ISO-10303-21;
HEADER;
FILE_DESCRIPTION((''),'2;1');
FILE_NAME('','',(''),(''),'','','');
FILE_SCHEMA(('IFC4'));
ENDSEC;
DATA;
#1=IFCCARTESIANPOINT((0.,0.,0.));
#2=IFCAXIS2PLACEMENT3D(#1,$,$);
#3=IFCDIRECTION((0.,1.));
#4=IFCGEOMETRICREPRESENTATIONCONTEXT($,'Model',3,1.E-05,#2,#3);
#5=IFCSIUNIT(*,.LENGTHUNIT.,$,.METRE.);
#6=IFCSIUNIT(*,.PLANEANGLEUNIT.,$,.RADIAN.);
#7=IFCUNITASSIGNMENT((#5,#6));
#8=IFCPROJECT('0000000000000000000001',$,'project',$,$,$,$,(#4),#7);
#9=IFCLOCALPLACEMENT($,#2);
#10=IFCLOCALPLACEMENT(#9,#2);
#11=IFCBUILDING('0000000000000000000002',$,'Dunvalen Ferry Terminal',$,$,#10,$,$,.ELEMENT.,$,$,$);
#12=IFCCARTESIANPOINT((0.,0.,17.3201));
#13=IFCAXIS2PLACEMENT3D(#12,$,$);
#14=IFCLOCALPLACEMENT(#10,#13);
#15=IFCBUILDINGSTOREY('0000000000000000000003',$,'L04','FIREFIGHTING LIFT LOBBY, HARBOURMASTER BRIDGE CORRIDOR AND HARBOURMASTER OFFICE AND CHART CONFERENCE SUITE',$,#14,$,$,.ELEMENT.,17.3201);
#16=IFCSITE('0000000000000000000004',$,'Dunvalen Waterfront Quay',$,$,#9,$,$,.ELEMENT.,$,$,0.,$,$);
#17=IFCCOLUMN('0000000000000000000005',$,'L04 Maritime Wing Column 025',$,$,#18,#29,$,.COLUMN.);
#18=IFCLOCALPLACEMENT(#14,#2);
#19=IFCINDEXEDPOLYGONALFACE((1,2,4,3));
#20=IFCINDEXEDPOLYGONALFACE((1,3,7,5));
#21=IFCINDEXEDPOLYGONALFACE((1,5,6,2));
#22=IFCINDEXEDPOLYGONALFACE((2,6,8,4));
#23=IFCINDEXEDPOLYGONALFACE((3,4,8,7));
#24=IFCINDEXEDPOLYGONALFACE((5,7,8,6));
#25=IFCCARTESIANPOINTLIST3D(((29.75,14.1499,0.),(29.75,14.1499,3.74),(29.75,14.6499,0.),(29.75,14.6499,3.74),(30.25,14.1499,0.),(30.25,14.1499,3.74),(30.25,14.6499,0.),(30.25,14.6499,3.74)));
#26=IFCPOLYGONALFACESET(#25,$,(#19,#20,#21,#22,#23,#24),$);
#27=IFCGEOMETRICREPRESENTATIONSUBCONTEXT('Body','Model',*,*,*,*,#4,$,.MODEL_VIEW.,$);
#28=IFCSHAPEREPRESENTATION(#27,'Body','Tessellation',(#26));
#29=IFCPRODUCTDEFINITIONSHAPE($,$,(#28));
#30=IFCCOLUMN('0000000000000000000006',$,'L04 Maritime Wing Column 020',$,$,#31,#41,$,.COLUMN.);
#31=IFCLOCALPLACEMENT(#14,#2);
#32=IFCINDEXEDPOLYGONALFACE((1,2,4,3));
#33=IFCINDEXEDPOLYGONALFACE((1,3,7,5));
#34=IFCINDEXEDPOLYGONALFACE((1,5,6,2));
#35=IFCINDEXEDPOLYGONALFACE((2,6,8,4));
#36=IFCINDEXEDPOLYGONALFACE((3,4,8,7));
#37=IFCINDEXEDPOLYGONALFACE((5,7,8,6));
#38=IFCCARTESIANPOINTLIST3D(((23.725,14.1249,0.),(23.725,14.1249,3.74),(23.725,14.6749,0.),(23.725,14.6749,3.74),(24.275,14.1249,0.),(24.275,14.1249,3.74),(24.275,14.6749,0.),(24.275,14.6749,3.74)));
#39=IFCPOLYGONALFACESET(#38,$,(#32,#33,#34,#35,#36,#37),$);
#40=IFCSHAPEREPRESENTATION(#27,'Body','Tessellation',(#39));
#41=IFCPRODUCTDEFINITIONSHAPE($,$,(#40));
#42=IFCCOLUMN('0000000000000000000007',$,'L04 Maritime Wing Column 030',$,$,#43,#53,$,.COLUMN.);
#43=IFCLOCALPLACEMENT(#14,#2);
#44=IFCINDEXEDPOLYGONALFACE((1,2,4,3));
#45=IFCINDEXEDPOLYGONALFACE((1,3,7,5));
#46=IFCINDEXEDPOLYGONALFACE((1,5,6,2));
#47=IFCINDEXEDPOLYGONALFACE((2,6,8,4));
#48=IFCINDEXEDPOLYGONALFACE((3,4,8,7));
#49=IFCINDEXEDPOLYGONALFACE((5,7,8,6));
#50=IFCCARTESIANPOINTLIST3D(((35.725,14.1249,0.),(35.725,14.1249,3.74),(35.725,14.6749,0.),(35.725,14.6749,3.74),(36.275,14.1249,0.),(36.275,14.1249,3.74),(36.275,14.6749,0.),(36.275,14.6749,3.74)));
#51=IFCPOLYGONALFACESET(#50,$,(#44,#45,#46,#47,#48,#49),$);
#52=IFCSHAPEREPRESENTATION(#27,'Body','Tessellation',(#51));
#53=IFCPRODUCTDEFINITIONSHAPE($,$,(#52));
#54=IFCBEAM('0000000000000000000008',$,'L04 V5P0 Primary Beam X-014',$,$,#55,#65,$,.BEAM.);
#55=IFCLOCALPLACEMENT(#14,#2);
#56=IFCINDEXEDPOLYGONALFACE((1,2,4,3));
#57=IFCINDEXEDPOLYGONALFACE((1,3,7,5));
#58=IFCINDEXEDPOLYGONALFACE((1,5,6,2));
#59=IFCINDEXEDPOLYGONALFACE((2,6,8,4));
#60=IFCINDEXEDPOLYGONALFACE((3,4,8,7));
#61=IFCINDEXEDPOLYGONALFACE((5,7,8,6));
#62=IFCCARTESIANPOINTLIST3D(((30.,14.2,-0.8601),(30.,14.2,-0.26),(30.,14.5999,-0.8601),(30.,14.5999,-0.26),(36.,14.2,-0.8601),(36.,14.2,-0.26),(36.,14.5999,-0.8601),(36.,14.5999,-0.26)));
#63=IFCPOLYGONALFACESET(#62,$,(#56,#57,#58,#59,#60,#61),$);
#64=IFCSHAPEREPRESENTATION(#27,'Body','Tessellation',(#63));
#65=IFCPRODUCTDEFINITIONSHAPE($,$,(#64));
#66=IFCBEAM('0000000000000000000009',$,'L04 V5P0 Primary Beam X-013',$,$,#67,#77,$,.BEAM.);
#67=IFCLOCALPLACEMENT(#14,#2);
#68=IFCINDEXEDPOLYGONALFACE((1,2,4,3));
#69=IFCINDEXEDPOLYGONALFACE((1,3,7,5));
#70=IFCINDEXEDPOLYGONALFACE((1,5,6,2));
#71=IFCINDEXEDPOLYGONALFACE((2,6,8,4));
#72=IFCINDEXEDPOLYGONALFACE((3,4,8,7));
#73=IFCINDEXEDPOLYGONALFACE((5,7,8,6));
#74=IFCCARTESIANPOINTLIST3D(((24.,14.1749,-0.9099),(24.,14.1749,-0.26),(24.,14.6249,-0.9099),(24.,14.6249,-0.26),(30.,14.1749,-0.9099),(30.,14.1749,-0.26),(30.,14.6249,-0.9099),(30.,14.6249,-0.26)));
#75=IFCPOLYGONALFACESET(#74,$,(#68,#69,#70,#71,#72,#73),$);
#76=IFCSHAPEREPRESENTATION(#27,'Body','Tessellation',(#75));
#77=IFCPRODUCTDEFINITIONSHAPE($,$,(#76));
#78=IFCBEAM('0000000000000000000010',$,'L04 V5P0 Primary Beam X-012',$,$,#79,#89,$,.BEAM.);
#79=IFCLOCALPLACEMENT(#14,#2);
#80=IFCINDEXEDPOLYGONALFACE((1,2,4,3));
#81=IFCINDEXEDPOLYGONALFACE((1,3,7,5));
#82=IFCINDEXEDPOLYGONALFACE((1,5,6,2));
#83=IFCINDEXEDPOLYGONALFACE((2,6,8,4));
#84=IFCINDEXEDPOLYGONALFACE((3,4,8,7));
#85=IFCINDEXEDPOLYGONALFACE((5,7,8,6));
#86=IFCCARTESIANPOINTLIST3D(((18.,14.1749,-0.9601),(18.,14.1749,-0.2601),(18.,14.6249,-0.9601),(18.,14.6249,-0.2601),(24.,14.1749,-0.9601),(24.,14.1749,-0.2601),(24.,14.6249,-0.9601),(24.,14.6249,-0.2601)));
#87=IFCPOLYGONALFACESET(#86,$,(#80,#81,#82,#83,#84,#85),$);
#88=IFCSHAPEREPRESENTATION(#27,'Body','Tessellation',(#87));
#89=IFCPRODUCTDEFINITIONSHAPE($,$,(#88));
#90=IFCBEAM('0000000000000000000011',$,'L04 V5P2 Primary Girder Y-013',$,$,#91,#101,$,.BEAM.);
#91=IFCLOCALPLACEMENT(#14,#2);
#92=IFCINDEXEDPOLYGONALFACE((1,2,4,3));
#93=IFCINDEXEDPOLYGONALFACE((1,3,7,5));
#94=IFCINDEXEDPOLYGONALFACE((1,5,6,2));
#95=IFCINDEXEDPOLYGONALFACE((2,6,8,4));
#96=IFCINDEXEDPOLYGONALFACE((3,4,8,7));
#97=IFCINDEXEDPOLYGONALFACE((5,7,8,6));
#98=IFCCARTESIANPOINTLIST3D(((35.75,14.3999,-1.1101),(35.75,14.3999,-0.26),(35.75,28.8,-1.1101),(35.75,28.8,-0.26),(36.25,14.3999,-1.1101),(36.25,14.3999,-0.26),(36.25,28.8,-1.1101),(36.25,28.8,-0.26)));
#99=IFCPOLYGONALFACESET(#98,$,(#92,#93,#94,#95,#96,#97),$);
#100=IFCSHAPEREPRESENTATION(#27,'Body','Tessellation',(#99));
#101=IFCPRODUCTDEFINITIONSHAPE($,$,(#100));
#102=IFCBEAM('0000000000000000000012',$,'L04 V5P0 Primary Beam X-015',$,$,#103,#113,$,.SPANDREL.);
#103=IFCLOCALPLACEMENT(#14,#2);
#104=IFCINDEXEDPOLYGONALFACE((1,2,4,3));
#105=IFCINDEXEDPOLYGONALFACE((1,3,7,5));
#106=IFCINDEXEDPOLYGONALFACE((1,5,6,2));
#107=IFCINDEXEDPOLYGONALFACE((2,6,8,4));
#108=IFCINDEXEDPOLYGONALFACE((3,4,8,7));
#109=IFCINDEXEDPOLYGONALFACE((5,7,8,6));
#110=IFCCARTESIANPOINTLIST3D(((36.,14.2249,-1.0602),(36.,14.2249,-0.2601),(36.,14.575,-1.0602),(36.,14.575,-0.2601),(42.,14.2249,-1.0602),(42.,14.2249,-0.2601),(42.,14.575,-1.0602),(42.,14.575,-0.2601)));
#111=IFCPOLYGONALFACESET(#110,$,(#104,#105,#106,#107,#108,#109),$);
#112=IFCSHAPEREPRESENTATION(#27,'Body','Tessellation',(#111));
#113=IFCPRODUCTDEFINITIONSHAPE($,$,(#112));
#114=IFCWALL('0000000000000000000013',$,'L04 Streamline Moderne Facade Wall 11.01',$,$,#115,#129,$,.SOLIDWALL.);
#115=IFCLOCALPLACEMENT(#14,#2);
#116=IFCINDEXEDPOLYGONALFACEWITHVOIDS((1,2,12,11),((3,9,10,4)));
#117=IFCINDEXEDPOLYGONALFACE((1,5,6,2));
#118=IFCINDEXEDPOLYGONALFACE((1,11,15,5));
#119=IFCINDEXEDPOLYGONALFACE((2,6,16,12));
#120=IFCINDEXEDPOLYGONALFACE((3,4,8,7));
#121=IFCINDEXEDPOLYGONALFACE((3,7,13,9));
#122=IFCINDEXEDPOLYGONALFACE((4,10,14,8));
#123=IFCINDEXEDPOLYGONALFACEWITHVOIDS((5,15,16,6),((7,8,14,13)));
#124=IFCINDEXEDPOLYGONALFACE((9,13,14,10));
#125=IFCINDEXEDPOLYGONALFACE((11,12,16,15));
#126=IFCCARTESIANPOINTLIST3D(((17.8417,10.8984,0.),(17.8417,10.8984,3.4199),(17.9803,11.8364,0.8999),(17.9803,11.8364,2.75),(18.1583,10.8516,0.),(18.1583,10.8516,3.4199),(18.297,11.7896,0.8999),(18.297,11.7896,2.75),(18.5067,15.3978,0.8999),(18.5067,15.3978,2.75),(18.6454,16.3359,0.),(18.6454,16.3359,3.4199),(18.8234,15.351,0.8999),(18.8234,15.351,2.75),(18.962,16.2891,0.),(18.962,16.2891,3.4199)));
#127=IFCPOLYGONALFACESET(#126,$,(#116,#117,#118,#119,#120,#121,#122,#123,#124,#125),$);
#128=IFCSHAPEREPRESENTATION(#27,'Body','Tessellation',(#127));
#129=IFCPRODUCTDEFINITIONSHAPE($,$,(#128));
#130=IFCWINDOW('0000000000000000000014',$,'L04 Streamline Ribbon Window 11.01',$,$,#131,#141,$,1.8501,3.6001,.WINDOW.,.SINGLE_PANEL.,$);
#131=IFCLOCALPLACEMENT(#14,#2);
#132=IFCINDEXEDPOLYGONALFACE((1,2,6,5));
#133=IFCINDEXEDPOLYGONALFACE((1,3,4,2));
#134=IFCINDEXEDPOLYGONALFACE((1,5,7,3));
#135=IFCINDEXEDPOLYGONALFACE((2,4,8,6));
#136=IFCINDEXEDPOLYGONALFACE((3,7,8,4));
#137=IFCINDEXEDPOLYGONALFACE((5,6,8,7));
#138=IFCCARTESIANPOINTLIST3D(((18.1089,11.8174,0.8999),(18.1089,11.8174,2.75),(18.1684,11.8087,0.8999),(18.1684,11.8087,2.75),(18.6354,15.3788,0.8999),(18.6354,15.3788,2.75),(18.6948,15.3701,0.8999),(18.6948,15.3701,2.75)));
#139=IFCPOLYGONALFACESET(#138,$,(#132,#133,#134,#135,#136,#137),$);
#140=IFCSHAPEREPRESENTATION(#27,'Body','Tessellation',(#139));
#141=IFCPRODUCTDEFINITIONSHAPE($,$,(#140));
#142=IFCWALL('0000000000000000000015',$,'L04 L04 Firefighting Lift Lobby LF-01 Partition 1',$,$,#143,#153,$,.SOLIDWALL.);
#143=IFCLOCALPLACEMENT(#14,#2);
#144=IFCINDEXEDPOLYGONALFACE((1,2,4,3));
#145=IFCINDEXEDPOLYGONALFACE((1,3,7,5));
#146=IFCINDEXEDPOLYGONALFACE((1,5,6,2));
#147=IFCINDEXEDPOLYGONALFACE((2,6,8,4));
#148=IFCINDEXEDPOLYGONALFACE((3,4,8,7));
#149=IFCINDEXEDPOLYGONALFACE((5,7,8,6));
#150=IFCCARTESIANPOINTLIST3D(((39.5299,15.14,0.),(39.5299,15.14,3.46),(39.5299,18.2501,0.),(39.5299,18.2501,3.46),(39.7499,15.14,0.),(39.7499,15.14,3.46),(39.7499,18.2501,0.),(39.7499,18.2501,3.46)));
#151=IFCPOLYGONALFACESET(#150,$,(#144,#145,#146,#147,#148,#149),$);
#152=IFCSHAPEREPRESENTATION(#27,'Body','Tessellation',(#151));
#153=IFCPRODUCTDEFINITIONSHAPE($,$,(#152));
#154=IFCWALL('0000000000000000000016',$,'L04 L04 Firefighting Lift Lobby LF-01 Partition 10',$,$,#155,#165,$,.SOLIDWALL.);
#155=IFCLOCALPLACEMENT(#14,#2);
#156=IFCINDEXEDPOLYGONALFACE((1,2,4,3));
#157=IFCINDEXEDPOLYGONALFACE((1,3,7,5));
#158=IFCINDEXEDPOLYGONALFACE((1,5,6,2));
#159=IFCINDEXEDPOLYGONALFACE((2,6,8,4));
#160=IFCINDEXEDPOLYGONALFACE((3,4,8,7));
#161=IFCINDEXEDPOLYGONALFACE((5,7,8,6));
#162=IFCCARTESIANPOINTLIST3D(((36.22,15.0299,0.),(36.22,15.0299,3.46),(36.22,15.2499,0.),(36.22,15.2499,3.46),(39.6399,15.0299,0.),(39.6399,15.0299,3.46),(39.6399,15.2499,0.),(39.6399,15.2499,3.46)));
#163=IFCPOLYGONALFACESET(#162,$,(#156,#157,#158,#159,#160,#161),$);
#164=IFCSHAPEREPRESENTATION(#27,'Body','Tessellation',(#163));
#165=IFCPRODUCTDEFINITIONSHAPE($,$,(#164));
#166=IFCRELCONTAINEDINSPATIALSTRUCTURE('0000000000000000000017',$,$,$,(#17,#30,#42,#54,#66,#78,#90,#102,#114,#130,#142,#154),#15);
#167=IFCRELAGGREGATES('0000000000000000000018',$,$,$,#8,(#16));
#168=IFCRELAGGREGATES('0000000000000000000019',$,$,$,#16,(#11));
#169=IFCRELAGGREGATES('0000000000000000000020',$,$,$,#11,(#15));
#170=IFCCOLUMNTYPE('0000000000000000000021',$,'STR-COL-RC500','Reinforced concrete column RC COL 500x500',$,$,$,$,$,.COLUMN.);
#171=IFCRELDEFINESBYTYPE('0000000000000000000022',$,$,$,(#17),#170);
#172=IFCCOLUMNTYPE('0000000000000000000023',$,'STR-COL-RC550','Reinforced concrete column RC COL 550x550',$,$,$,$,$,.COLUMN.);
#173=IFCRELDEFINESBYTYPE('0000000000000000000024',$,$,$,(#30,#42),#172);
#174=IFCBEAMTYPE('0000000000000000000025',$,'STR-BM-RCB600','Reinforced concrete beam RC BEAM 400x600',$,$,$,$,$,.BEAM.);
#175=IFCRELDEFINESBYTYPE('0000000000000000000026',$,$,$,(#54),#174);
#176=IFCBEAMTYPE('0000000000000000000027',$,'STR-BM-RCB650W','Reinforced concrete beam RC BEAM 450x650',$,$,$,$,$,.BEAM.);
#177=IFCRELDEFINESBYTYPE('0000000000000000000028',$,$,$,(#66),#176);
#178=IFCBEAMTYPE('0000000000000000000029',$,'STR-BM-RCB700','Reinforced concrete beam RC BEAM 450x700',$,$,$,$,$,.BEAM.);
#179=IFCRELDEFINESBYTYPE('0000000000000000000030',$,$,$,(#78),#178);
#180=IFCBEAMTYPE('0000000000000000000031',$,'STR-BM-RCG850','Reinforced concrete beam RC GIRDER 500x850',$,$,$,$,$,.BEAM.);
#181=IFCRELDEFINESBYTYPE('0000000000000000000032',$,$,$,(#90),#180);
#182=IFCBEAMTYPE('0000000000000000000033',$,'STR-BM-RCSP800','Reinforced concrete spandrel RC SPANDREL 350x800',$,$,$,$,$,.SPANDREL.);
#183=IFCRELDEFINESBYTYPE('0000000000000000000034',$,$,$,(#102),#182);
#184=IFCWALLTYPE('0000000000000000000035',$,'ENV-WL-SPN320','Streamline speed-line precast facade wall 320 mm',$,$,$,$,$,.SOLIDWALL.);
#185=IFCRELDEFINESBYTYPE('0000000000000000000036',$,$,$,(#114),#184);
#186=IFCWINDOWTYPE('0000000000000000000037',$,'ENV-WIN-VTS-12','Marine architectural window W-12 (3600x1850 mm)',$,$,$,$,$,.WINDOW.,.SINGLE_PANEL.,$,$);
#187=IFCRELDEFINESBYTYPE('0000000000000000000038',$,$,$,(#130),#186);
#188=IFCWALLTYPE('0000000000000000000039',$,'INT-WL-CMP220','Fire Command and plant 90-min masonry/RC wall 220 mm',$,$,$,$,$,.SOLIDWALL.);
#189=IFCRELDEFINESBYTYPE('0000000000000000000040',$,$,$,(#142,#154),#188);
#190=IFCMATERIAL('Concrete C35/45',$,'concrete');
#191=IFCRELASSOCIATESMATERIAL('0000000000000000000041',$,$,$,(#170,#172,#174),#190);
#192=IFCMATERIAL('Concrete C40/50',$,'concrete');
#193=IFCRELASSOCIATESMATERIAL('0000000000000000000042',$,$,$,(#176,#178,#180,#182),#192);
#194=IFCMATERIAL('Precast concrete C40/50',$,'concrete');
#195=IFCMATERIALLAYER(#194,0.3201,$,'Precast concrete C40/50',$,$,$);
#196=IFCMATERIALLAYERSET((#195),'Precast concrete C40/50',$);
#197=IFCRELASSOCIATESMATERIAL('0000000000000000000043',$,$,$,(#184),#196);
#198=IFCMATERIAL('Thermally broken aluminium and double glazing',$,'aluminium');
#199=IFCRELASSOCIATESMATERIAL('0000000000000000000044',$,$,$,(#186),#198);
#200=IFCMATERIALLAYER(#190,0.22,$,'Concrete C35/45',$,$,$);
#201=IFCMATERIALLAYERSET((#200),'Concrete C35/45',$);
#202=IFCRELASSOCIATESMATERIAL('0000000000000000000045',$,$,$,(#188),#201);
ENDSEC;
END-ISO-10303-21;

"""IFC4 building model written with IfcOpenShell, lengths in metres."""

from ifc_helpers import new_model, si_unit, direction, frame, frame_2d, origin, origin_2d, place, context, subcontext, project, spatial, rectangle, extrude, material, layer, layer_set, material_profile, profile_set, type_object, element, fill, save


model = new_model("IFC4")

# Units and contexts
model_context = context("Model", 3, precision=1e-05, world=origin(), true_north=direction((0.0, 1.0)))
body_context = subcontext(model_context, "Body", "Model", "MODEL_VIEW")
ifc_project = project(units=[si_unit("LENGTHUNIT", "METRE"), si_unit("PLANEANGLEUNIT", "RADIAN")], contexts=[model_context])

# Site, building, storey
site_placement = place(None, origin())
site = spatial("IfcSite", under=ifc_project, at=site_placement, Name="Dunvalen Waterfront Quay", CompositionType="ELEMENT", RefElevation=0.0)
building_placement = place(site_placement, origin())
building = spatial("IfcBuilding", under=site, at=building_placement, Name="Dunvalen Ferry Terminal", CompositionType="ELEMENT")
storey_placement = place(building_placement, frame((0.0, 0.0, 17.3201)))
storey = spatial("IfcBuildingStorey", under=building, at=storey_placement, Name="L04", Description="FIREFIGHTING LIFT LOBBY, HARBOURMASTER BRIDGE CORRIDOR AND HARBOURMASTER OFFICE AND CHART CONFERENCE SUITE", CompositionType="ELEMENT", Elevation=17.3201)

# Columns
ifc_material_1 = material(Name="Concrete C35/45", Category="concrete")
ifc_material_profile_1 = material_profile(ifc_material_1, rectangle(XDim=0.5, YDim=0.5, at=origin_2d()), Name="Concrete C35/45")
ifc_profile_set_1 = profile_set([ifc_material_profile_1], Name="Concrete C35/45")
column_type_1 = type_object("IfcColumnType", Name="STR-COL-RC500", Description="Reinforced concrete column RC COL 500x500", PredefinedType="COLUMN", material=ifc_profile_set_1)
column_placement = place(storey_placement, frame((30.0, 14.3999, 0.0), z_axis=(0.0, 0.0, 1.0), x_axis=(1.0, 0.0, 0.0)))
element("IfcColumn", 1, at=column_placement, inside=storey, type_object=column_type_1, Name="L04 Maritime Wing Column 025", PredefinedType="COLUMN", context=body_context, shape_type="SweptSolid", body=[
    extrude(rectangle(XDim=0.5, YDim=0.5, at=origin_2d()), origin(), (0.0, 0.0, 1.0), 3.74),
])
ifc_material_profile_2 = material_profile(ifc_material_1, rectangle(XDim=0.55, YDim=0.55, at=origin_2d()), Name="Concrete C35/45")
ifc_profile_set_2 = profile_set([ifc_material_profile_2], Name="Concrete C35/45")
column_type_2 = type_object("IfcColumnType", Name="STR-COL-RC550", Description="Reinforced concrete column RC COL 550x550", PredefinedType="COLUMN", material=ifc_profile_set_2)
for number, where, z_axis, x_axis, name in (
    (2, (24.0, 14.3999, 0.0), (0.0, 0.0, 1.0), (1.0, 0.0, 0.0), "L04 Maritime Wing Column 020"),
    (3, (36.0, 14.3999, 0.0), (0.0, 0.0, 1.0), (1.0, 0.0, 0.0), "L04 Maritime Wing Column 030"),
):
    element("IfcColumn", number, at=place(storey_placement, frame(where, z_axis=z_axis, x_axis=x_axis)), inside=storey, type_object=column_type_2, Name=name, PredefinedType="COLUMN", context=body_context, shape_type="SweptSolid", body=[
        extrude(rectangle(XDim=0.55, YDim=0.55, at=origin_2d()), origin(), (0.0, 0.0, 1.0), 3.74),
    ])

# Beams
ifc_material_profile_3 = material_profile(ifc_material_1, rectangle(XDim=0.3999, YDim=0.6001, at=origin_2d()), Name="Concrete C35/45")
ifc_profile_set_3 = profile_set([ifc_material_profile_3], Name="Concrete C35/45")
beam_type_1 = type_object("IfcBeamType", Name="STR-BM-RCB600", Description="Reinforced concrete beam RC BEAM 400x600", PredefinedType="BEAM", material=ifc_profile_set_3)
beam_1_placement = place(storey_placement, frame((30.0, 14.3999, -0.5601), z_axis=(1.0, 0.0, 0.0), x_axis=(0.0, 1.0, 0.0)))
element("IfcBeam", 4, at=beam_1_placement, inside=storey, type_object=beam_type_1, Name="L04 V5P0 Primary Beam X-014", PredefinedType="BEAM", context=body_context, shape_type="SweptSolid", body=[
    extrude(rectangle(XDim=0.3999, YDim=0.6001, at=origin_2d()), origin(), (0.0, 0.0, 1.0), 6.0),
])
ifc_material_2 = material(Name="Concrete C40/50", Category="concrete")
ifc_material_profile_4 = material_profile(ifc_material_2, rectangle(XDim=0.45, YDim=0.6499, at=origin_2d()), Name="Concrete C40/50")
ifc_profile_set_4 = profile_set([ifc_material_profile_4], Name="Concrete C40/50")
beam_type_2 = type_object("IfcBeamType", Name="STR-BM-RCB650W", Description="Reinforced concrete beam RC BEAM 450x650", PredefinedType="BEAM", material=ifc_profile_set_4)
beam_2_placement = place(storey_placement, frame((24.0, 14.3999, -0.585), z_axis=(1.0, 0.0, 0.0), x_axis=(0.0, 1.0, 0.0)))
element("IfcBeam", 5, at=beam_2_placement, inside=storey, type_object=beam_type_2, Name="L04 V5P0 Primary Beam X-013", PredefinedType="BEAM", context=body_context, shape_type="SweptSolid", body=[
    extrude(rectangle(XDim=0.45, YDim=0.6499, at=origin_2d()), origin(), (0.0, 0.0, 1.0), 6.0),
])
ifc_material_profile_5 = material_profile(ifc_material_2, rectangle(XDim=0.45, YDim=0.7, at=origin_2d()), Name="Concrete C40/50")
ifc_profile_set_5 = profile_set([ifc_material_profile_5], Name="Concrete C40/50")
beam_type_3 = type_object("IfcBeamType", Name="STR-BM-RCB700", Description="Reinforced concrete beam RC BEAM 450x700", PredefinedType="BEAM", material=ifc_profile_set_5)
beam_3_placement = place(storey_placement, frame((18.0, 14.3999, -0.6101), z_axis=(1.0, 0.0, 0.0), x_axis=(0.0, 1.0, 0.0)))
element("IfcBeam", 6, at=beam_3_placement, inside=storey, type_object=beam_type_3, Name="L04 V5P0 Primary Beam X-012", PredefinedType="BEAM", context=body_context, shape_type="SweptSolid", body=[
    extrude(rectangle(XDim=0.45, YDim=0.7, at=origin_2d()), origin(), (0.0, 0.0, 1.0), 6.0),
])
ifc_material_profile_6 = material_profile(ifc_material_2, rectangle(XDim=0.5, YDim=0.8501, at=origin_2d()), Name="Concrete C40/50")
ifc_profile_set_6 = profile_set([ifc_material_profile_6], Name="Concrete C40/50")
beam_type_4 = type_object("IfcBeamType", Name="STR-BM-RCG850", Description="Reinforced concrete beam RC GIRDER 500x850", PredefinedType="BEAM", material=ifc_profile_set_6)
beam_4_placement = place(storey_placement, frame((36.0, 14.3999, -0.6851), z_axis=(0.0, 1.0, 0.0), x_axis=(-1.0, 0.0, 0.0)))
element("IfcBeam", 7, at=beam_4_placement, inside=storey, type_object=beam_type_4, Name="L04 V5P2 Primary Girder Y-013", PredefinedType="BEAM", context=body_context, shape_type="SweptSolid", body=[
    extrude(rectangle(XDim=0.5, YDim=0.8501, at=origin_2d()), origin(), (0.0, 0.0, 1.0), 14.4001),
])
ifc_material_profile_7 = material_profile(ifc_material_2, rectangle(XDim=0.3501, YDim=0.8, at=origin_2d()), Name="Concrete C40/50")
ifc_profile_set_7 = profile_set([ifc_material_profile_7], Name="Concrete C40/50")
beam_type_5 = type_object("IfcBeamType", Name="STR-BM-RCSP800", Description="Reinforced concrete spandrel RC SPANDREL 350x800", PredefinedType="SPANDREL", material=ifc_profile_set_7)
beam_5_placement = place(storey_placement, frame((36.0, 14.3999, -0.6602), z_axis=(1.0, 0.0, 0.0), x_axis=(0.0, 1.0, 0.0)))
element("IfcBeam", 8, at=beam_5_placement, inside=storey, type_object=beam_type_5, Name="L04 V5P0 Primary Beam X-015", PredefinedType="SPANDREL", context=body_context, shape_type="SweptSolid", body=[
    extrude(rectangle(XDim=0.3501, YDim=0.8, at=origin_2d()), origin(), (0.0, 0.0, 1.0), 6.0),
])

# Wall, opening, window
ifc_material_3 = material(Name="Precast concrete C40/50", Category="concrete")
ifc_layer_1 = layer(ifc_material_3, 0.3201, Name="Precast concrete C40/50")
ifc_layer_set_1 = layer_set([ifc_layer_1], Name="Precast concrete C40/50")
wall_type_1 = type_object("IfcWallType", Name="ENV-WL-SPN320", Description="Streamline speed-line precast facade wall 320 mm", PredefinedType="SOLIDWALL", material=ifc_layer_set_1)
wall_1_placement = place(storey_placement, frame((18.8037, 16.3125, 0.0), z_axis=(0.0, 0.0, 1.0), x_axis=(-0.14622, -0.989252, 0.0)))
wall_1 = element("IfcWall", 9, at=wall_1_placement, inside=storey, type_object=wall_type_1, Name="L04 Streamline Moderne Facade Wall 11.01", PredefinedType="SOLIDWALL", context=body_context, shape_type="SweptSolid", body=[
    extrude(rectangle(XDim=5.4966, YDim=0.3201, at=frame_2d((2.7483, 0.0))), origin(), (0.0, 0.0, 1.0), 3.4199),
])
opening_1_placement = place(wall_1_placement, frame((0.9482, 0.0, 0.8999)))
opening_1 = element("IfcOpeningElement", 10, at=opening_1_placement, cuts=wall_1, PredefinedType="OPENING", context=body_context, shape_type="SweptSolid", body=[
    extrude(rectangle(XDim=3.6001, YDim=1.8501, at=frame_2d((1.8, 0.925))), frame((0.0, 0.1699, 0.0), z_axis=(0.0, -1.0, 0.0), x_axis=(1.0, 0.0, 0.0)), (0.0, 0.0, 1.0), 0.3401),
])
ifc_material_4 = material(Name="Thermally broken aluminium and double glazing", Category="aluminium")
window_type = type_object("IfcWindowType", Name="ENV-WIN-VTS-12", Description="Marine architectural window W-12 (3600x1850 mm)", PartitioningType="SINGLE_PANEL", PredefinedType="WINDOW", material=ifc_material_4)
window_placement = place(opening_1_placement, origin())
window = element("IfcWindow", 11, at=window_placement, inside=storey, type_object=window_type, Name="L04 Streamline Ribbon Window 11.01", OverallHeight=1.8501, OverallWidth=3.6001, PartitioningType="SINGLE_PANEL", PredefinedType="WINDOW", context=body_context, shape_type="SweptSolid", body=[
    extrude(rectangle(XDim=3.6001, YDim=1.8501, at=frame_2d((1.8, 0.925))), frame((0.0, 0.03, 0.0), z_axis=(0.0, -1.0, 0.0), x_axis=(1.0, 0.0, 0.0)), (0.0, 0.0, 1.0), 0.0601),
])
fill(opening_1, window)

# Wall
ifc_layer_2 = layer(ifc_material_1, 0.22, Name="Concrete C35/45")
ifc_layer_set_2 = layer_set([ifc_layer_2], Name="Concrete C35/45")
wall_type_2 = type_object("IfcWallType", Name="INT-WL-CMP220", Description="Fire Command and plant 90-min masonry/RC wall 220 mm", PredefinedType="SOLIDWALL", material=ifc_layer_set_2)
wall_2_placement = place(storey_placement, frame((39.6399, 15.1399, 0.0), z_axis=(0.0, 0.0, 1.0), x_axis=(0.0, 1.0, 0.0)))
element("IfcWall", 12, at=wall_2_placement, inside=storey, type_object=wall_type_2, Name="L04 L04 Firefighting Lift Lobby LF-01 Partition 1", PredefinedType="SOLIDWALL", context=body_context, shape_type="SweptSolid", body=[
    extrude(rectangle(XDim=3.1101, YDim=0.22, at=frame_2d((1.5552, 0.0))), origin(), (0.0, 0.0, 1.0), 3.46),
])

# Wall
wall_3_placement = place(storey_placement, frame((36.22, 15.1399, 0.0), z_axis=(0.0, 0.0, 1.0), x_axis=(1.0, 0.0, 0.0)))
element("IfcWall", 13, at=wall_3_placement, inside=storey, type_object=wall_type_2, Name="L04 L04 Firefighting Lift Lobby LF-01 Partition 10", PredefinedType="SOLIDWALL", context=body_context, shape_type="SweptSolid", body=[
    extrude(rectangle(XDim=3.4199, YDim=0.22, at=frame_2d((1.71, 0.0))), origin(), (0.0, 0.0, 1.0), 3.46),
])

save(model, "model.ifc")
